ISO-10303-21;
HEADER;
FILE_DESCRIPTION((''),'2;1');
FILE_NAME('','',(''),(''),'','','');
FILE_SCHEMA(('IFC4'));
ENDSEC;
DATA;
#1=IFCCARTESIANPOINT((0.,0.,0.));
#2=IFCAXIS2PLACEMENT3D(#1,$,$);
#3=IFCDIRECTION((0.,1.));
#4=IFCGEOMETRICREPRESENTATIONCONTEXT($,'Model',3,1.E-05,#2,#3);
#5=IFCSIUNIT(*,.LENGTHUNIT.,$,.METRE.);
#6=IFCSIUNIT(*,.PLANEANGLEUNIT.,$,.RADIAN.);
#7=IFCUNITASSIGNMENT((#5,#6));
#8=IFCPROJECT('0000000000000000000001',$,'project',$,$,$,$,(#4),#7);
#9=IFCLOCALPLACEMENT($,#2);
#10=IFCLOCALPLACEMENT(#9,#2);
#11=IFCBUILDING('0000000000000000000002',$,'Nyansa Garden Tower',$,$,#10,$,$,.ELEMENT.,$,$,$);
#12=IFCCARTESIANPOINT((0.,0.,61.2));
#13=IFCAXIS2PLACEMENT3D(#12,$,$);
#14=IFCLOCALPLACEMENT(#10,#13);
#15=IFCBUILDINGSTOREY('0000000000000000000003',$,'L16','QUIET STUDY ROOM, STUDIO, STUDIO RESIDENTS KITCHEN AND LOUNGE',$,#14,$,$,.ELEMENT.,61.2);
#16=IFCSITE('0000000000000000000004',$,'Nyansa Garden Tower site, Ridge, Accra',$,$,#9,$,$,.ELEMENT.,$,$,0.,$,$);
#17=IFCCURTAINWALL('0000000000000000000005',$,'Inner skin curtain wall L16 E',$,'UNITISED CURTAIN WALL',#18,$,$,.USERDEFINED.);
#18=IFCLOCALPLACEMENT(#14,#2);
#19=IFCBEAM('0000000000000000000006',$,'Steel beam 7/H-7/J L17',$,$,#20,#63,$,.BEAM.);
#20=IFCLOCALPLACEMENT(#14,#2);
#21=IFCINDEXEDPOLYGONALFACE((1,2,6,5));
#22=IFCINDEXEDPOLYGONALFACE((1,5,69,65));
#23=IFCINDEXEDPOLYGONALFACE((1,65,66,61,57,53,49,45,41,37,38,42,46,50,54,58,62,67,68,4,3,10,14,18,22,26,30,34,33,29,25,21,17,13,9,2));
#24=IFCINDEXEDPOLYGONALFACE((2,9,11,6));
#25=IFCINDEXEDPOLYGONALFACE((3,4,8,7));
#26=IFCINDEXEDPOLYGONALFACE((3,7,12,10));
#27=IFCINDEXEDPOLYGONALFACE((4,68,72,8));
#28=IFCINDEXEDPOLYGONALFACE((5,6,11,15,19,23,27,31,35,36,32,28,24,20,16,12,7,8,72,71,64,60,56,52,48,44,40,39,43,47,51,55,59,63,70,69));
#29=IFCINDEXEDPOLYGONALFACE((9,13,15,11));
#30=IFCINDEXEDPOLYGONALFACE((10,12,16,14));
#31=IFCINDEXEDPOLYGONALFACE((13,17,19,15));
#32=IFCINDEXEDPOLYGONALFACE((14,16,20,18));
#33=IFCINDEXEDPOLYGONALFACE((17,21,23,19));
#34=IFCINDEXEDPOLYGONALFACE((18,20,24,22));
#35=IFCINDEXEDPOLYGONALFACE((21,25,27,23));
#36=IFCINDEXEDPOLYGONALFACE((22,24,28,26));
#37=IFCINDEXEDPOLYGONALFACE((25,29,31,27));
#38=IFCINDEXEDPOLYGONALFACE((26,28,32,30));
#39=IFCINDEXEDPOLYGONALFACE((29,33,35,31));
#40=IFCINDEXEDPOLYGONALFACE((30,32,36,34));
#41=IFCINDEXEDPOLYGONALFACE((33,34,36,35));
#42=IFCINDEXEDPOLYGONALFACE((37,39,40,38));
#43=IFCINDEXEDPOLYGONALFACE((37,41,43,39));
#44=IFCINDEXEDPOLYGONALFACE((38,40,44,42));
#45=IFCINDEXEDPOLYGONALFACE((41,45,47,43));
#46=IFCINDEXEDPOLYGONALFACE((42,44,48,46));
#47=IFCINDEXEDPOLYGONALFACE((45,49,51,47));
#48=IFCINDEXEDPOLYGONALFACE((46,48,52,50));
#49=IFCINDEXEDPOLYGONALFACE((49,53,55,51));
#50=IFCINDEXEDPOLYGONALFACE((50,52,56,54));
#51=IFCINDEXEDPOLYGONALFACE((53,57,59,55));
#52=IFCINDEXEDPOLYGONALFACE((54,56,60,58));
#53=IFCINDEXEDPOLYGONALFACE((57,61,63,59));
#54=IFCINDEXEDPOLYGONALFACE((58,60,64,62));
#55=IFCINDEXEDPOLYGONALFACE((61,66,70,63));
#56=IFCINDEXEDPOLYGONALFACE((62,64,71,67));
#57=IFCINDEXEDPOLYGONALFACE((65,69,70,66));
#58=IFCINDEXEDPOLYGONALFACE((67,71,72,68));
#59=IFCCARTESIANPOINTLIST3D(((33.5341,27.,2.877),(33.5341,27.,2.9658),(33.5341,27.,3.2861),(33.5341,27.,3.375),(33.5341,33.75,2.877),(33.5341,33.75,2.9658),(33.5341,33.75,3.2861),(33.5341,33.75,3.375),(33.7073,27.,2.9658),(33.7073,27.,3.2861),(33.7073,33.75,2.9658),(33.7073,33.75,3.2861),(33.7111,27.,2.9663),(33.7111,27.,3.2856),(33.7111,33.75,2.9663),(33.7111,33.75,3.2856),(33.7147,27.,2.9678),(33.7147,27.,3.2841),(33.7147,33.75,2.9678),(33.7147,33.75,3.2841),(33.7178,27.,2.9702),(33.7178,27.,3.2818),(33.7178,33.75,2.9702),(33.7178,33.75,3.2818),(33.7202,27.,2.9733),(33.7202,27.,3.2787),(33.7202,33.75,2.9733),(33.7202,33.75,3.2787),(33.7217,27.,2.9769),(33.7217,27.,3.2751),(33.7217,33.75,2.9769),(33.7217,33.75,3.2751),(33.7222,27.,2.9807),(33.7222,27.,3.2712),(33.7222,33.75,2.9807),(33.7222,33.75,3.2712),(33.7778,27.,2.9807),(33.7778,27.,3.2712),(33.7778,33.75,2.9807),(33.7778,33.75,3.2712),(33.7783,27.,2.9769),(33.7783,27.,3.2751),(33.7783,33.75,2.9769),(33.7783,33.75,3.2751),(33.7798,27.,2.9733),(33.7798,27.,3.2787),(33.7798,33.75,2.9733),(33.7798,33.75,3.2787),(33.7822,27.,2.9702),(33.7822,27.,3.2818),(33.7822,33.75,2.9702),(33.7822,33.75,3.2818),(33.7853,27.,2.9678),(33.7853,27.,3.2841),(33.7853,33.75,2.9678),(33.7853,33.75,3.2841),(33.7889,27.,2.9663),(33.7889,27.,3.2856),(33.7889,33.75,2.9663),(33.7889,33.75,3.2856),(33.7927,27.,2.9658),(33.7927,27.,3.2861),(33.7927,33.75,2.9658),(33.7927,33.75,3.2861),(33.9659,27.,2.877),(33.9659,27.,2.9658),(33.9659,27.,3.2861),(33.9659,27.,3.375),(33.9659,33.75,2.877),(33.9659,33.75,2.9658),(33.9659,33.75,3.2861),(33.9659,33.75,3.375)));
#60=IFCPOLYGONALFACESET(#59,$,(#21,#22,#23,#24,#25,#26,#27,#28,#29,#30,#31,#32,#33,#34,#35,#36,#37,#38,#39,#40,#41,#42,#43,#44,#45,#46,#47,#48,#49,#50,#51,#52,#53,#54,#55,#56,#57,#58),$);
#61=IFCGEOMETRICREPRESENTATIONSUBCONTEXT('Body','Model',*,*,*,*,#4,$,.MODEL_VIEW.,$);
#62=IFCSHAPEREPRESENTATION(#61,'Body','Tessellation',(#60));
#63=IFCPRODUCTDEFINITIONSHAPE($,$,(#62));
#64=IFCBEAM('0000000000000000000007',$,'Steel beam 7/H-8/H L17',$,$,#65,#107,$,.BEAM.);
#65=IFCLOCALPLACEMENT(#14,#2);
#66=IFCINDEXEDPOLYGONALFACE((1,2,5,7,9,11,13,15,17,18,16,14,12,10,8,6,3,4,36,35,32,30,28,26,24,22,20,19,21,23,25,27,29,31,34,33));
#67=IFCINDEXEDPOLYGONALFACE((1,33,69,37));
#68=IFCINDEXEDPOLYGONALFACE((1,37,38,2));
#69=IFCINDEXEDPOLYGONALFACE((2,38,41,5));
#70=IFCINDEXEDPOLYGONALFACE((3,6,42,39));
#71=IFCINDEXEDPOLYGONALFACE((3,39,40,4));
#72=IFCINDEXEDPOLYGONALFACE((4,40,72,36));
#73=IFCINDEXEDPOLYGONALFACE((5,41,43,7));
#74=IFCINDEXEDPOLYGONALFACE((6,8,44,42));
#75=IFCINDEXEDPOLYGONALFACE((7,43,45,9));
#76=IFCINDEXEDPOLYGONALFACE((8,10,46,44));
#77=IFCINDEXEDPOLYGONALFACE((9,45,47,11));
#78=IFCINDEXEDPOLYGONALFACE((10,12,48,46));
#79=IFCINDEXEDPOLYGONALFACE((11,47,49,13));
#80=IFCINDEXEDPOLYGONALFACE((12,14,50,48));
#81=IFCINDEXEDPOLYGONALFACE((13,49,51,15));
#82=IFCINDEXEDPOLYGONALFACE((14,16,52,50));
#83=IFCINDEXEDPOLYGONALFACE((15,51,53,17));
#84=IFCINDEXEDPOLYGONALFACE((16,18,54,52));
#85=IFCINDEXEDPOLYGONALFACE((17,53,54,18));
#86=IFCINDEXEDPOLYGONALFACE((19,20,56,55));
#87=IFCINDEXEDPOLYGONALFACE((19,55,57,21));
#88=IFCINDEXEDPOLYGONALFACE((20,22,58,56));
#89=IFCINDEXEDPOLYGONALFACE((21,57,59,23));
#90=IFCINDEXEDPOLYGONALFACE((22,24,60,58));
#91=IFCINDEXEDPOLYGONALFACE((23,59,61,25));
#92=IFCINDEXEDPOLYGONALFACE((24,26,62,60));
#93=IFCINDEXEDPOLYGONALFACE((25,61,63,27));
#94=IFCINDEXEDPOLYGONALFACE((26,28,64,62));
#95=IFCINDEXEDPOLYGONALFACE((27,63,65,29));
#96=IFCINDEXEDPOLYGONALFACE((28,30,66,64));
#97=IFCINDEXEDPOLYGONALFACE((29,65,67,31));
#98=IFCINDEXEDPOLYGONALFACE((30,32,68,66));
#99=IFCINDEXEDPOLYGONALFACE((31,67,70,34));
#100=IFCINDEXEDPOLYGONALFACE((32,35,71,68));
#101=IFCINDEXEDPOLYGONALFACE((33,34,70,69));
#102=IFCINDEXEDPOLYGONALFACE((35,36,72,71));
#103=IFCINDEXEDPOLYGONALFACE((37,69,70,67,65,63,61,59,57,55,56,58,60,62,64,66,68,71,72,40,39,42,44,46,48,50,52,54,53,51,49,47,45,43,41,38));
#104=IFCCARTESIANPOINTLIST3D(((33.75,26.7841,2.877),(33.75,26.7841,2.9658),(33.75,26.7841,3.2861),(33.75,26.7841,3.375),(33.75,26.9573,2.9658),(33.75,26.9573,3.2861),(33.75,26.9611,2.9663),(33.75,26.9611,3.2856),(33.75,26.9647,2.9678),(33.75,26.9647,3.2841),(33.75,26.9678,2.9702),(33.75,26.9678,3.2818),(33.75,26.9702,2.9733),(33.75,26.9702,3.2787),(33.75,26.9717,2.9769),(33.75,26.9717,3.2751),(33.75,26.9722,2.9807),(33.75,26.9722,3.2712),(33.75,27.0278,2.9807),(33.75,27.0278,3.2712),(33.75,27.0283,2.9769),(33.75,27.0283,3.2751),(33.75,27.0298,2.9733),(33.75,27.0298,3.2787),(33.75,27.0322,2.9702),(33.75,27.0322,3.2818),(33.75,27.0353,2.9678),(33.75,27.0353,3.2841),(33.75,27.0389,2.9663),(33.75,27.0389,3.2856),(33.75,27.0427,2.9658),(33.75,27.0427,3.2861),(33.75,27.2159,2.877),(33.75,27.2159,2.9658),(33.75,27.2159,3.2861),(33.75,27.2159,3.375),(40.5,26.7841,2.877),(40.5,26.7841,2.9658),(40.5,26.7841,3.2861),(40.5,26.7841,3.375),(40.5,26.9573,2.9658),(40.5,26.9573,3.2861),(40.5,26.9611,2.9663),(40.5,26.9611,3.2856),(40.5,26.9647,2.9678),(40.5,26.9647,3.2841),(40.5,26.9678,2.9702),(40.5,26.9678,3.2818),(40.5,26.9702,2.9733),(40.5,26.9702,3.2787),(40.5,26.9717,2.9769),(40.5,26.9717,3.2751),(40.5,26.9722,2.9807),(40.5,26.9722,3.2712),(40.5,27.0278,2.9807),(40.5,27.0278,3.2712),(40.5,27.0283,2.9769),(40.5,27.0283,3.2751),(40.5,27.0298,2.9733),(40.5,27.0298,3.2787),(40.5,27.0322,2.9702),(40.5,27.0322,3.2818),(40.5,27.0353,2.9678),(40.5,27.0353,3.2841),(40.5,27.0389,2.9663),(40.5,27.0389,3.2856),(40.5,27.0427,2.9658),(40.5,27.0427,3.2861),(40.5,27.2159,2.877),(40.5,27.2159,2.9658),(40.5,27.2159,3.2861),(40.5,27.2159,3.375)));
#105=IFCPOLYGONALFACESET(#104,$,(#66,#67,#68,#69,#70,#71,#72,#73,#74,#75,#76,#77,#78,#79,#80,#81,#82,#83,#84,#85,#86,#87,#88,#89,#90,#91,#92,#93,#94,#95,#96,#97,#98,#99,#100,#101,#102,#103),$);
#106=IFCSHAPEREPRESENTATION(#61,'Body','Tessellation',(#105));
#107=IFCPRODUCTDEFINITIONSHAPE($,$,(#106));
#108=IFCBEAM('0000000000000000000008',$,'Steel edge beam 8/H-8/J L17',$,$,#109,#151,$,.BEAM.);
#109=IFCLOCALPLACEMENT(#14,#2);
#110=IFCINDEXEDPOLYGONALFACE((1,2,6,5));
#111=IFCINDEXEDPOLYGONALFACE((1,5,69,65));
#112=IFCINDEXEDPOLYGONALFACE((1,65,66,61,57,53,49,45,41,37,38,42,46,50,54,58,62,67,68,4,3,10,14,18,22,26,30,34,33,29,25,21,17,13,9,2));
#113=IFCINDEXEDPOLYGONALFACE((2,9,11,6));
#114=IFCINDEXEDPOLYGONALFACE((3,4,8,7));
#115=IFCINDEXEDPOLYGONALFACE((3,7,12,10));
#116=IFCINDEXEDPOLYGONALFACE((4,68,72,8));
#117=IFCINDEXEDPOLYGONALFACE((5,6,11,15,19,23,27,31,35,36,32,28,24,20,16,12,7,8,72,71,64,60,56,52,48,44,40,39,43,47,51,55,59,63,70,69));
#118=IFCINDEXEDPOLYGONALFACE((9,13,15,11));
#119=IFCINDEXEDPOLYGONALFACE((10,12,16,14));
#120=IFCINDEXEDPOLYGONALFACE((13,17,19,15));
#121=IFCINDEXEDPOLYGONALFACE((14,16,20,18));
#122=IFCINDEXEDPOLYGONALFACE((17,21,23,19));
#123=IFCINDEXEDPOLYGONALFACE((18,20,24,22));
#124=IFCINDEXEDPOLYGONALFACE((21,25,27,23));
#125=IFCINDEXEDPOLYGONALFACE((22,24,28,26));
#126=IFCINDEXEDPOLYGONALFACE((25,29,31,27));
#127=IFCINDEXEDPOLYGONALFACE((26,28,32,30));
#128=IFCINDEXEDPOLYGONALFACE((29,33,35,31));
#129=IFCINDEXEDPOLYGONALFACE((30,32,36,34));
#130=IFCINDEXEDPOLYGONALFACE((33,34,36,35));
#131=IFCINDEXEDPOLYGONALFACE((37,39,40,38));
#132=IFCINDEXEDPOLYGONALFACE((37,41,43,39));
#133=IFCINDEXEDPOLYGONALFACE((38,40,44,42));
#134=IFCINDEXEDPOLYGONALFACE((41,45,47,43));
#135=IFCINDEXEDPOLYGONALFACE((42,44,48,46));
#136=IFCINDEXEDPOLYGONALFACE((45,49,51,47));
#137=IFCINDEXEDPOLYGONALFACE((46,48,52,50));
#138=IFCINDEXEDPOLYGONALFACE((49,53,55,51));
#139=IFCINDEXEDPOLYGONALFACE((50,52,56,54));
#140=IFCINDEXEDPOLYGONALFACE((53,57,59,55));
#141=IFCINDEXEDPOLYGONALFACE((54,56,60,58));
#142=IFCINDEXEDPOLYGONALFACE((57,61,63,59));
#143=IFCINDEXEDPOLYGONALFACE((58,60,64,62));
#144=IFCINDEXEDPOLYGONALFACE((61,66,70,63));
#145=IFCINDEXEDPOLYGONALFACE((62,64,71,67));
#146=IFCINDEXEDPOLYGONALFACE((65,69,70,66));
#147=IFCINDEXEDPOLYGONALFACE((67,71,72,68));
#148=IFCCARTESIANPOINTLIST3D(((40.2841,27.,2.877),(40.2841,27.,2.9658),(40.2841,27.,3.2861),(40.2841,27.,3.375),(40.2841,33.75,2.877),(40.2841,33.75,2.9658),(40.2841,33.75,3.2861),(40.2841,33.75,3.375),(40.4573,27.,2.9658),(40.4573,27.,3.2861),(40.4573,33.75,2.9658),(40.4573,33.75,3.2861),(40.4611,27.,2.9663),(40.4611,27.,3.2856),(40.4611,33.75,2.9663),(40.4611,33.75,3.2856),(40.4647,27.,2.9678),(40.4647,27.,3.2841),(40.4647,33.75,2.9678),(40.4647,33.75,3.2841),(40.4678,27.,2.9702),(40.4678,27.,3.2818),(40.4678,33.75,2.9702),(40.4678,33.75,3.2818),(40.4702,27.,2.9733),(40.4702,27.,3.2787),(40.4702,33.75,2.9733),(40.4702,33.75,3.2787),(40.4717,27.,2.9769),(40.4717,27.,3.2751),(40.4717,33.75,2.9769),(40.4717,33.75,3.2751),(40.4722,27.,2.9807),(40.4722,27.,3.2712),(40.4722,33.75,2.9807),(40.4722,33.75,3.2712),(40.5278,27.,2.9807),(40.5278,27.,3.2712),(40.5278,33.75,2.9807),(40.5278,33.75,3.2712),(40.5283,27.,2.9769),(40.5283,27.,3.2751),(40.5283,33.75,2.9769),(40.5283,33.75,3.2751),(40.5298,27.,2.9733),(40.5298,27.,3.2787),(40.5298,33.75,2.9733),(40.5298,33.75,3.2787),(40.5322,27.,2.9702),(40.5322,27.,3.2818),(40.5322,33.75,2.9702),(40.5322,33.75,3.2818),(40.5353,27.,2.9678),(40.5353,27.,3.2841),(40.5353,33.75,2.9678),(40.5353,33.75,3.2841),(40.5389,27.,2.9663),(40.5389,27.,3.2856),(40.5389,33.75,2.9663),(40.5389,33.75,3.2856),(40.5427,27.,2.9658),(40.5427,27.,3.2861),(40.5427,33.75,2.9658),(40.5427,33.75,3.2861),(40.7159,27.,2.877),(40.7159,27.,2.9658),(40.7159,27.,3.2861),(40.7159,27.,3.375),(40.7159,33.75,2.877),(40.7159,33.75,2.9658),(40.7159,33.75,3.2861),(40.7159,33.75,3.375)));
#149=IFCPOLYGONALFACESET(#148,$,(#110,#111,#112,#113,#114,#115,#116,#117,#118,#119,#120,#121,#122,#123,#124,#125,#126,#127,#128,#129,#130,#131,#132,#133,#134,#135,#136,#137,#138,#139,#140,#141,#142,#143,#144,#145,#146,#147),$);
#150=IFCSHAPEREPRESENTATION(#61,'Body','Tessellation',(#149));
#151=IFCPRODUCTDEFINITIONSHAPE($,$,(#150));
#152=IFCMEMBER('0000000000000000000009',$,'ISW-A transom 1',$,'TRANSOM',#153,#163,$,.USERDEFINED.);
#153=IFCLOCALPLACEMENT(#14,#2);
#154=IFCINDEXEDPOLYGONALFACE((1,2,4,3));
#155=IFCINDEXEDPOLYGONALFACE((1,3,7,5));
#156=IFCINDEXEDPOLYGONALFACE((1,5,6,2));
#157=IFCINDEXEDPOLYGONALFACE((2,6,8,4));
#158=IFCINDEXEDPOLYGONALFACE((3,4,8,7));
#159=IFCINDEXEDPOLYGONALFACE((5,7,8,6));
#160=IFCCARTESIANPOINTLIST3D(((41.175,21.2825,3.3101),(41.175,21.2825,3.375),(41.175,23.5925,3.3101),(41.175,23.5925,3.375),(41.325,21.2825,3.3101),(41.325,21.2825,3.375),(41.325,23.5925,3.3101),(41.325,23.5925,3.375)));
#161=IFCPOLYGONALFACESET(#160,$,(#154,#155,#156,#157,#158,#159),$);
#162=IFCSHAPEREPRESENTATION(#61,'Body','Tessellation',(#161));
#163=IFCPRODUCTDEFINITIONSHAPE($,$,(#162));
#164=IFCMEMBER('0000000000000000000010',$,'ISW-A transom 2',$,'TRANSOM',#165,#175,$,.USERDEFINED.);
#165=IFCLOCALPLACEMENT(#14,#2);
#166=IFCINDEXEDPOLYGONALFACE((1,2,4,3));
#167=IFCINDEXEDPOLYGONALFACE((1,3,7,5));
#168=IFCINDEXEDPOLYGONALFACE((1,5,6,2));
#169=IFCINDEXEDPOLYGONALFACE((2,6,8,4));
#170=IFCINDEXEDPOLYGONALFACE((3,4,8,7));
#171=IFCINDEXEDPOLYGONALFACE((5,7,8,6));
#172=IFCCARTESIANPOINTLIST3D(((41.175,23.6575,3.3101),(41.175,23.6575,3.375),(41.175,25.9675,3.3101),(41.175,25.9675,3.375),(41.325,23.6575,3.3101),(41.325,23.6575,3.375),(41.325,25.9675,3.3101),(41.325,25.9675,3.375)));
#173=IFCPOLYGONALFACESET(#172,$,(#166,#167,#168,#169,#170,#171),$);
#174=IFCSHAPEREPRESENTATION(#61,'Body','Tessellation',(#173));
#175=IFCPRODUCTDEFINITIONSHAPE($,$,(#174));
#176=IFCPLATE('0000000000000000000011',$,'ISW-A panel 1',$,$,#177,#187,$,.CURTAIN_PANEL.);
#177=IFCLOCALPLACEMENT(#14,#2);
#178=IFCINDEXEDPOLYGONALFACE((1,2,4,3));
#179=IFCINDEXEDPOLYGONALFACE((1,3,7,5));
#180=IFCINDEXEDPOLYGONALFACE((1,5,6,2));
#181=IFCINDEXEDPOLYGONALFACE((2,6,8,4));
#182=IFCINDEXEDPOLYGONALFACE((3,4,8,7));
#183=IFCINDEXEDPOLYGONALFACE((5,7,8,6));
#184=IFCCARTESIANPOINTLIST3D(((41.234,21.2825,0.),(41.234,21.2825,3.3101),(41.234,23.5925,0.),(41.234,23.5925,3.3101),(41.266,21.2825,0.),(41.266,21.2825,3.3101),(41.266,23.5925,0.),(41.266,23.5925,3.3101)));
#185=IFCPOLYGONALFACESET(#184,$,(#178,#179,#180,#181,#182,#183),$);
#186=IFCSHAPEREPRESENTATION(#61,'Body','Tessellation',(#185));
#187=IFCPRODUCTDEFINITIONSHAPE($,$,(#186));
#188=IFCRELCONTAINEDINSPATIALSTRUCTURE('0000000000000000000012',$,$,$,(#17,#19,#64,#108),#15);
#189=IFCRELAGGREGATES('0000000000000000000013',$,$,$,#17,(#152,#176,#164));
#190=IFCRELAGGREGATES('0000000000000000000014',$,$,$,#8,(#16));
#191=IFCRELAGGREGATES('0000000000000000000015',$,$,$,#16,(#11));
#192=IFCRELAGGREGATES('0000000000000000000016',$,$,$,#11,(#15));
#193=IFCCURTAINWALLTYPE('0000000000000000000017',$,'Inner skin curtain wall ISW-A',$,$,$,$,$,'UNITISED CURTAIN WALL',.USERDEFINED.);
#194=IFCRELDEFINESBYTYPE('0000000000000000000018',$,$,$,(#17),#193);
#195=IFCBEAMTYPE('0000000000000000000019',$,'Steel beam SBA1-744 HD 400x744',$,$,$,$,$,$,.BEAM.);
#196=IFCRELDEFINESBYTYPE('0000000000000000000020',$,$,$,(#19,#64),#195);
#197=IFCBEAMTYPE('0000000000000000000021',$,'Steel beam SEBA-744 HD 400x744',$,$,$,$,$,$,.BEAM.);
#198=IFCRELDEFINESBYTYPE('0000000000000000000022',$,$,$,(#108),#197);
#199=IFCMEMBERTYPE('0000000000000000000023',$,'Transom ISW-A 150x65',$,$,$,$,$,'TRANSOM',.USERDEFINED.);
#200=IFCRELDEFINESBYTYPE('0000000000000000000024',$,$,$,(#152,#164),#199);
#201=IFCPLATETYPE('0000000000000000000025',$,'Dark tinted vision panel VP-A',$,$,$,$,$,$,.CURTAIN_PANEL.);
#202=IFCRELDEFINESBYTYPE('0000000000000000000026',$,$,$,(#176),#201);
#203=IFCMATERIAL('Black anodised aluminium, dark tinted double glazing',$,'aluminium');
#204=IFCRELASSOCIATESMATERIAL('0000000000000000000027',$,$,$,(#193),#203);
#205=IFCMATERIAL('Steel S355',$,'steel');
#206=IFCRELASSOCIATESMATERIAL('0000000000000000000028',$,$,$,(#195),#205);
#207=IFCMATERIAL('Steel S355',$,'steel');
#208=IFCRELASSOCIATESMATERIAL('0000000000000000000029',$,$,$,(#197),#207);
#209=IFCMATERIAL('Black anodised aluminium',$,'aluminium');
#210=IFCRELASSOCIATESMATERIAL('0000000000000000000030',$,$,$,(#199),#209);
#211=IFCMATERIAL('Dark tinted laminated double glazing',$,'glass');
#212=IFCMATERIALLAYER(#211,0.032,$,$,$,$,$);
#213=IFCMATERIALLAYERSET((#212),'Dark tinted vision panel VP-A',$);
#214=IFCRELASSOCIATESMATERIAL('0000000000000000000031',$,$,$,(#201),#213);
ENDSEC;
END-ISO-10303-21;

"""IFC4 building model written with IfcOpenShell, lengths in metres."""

from ifc_helpers import new_model, si_unit, direction, frame, origin, origin_2d, place, context, subcontext, project, spatial, rectangle, i_section, extrude, material, layer, layer_set, material_profile, profile_set, type_object, element, aggregate, save


model = new_model("IFC4")

# Units and contexts
model_context = context("Model", 3, precision=1e-05, world=origin(), true_north=direction((0.0, 1.0)))
body_context = subcontext(model_context, "Body", "Model", "MODEL_VIEW")
ifc_project = project(units=[si_unit("LENGTHUNIT", "METRE"), si_unit("PLANEANGLEUNIT", "RADIAN")], contexts=[model_context])

# Site, building, storey
site_placement = place(None, origin())
site = spatial("IfcSite", under=ifc_project, at=site_placement, Name="Nyansa Garden Tower site, Ridge, Accra", CompositionType="ELEMENT", RefElevation=0.0)
building_placement = place(site_placement, origin())
building = spatial("IfcBuilding", under=site, at=building_placement, Name="Nyansa Garden Tower", CompositionType="ELEMENT")
storey_placement = place(building_placement, frame((0.0, 0.0, 61.2)))
storey = spatial("IfcBuildingStorey", under=building, at=storey_placement, Name="L16", Description="QUIET STUDY ROOM, STUDIO, STUDIO RESIDENTS KITCHEN AND LOUNGE", CompositionType="ELEMENT", Elevation=61.2)

# Curtain wall
ifc_material_1 = material(Name="Black anodised aluminium, dark tinted double glazing", Category="aluminium")
curtain_wall_type = type_object("IfcCurtainWallType", Name="Inner skin curtain wall ISW-A", ElementType="UNITISED CURTAIN WALL", PredefinedType="USERDEFINED", material=ifc_material_1)
curtain_wall_placement = place(storey_placement, origin())
curtain_wall = element("IfcCurtainWall", 1, at=curtain_wall_placement, inside=storey, type_object=curtain_wall_type, Name="Inner skin curtain wall L16 E", ObjectType="UNITISED CURTAIN WALL", PredefinedType="USERDEFINED")

# Beams
ifc_material_2 = material(Name="Steel S355", Category="steel")
ifc_material_profile_1 = material_profile(ifc_material_2, i_section(OverallWidth=0.4319, OverallDepth=0.498, WebThickness=0.0557, FlangeThickness=0.0889, FilletRadius=0.0149, at=origin_2d()), Name="HD 400x744")
ifc_profile_set_1 = profile_set([ifc_material_profile_1], Name="Steel S355")
beam_type_1 = type_object("IfcBeamType", Name="Steel beam SBA1-744 HD 400x744", PredefinedType="BEAM", material=ifc_profile_set_1)
for number, where, z_axis, x_axis, name in (
    (2, (33.75, 27.0, 3.126), (0.0, 1.0, 0.0), (-1.0, 0.0, 0.0), "Steel beam 7/H-7/J L17"),
    (3, (33.75, 27.0, 3.126), (1.0, 0.0, 0.0), (0.0, 1.0, 0.0), "Steel beam 7/H-8/H L17"),
):
    element("IfcBeam", number, at=place(storey_placement, frame(where, z_axis=z_axis, x_axis=x_axis)), inside=storey, type_object=beam_type_1, Name=name, PredefinedType="BEAM", context=body_context, shape_type="SweptSolid", body=[
        extrude(i_section(OverallWidth=0.4319, OverallDepth=0.498, WebThickness=0.0557, FlangeThickness=0.0889, FilletRadius=0.0149, at=origin_2d()), origin(), (0.0, 0.0, 1.0), 6.75),
    ])
ifc_material_3 = material(Name="Steel S355", Category="steel")
ifc_material_profile_2 = material_profile(ifc_material_3, i_section(OverallWidth=0.4319, OverallDepth=0.498, WebThickness=0.0557, FlangeThickness=0.0889, FilletRadius=0.0149, at=origin_2d()), Name="HD 400x744")
ifc_profile_set_2 = profile_set([ifc_material_profile_2], Name="Steel S355")
beam_type_2 = type_object("IfcBeamType", Name="Steel beam SEBA-744 HD 400x744", PredefinedType="BEAM", material=ifc_profile_set_2)
beam_1_placement = place(storey_placement, frame((40.5, 27.0, 3.126), z_axis=(0.0, 1.0, 0.0), x_axis=(-1.0, 0.0, 0.0)))
element("IfcBeam", 4, at=beam_1_placement, inside=storey, type_object=beam_type_2, Name="Steel edge beam 8/H-8/J L17", PredefinedType="BEAM", context=body_context, shape_type="SweptSolid", body=[
    extrude(i_section(OverallWidth=0.4319, OverallDepth=0.498, WebThickness=0.0557, FlangeThickness=0.0889, FilletRadius=0.0149, at=origin_2d()), origin(), (0.0, 0.0, 1.0), 6.75),
])

# Members
ifc_material_4 = material(Name="Black anodised aluminium", Category="aluminium")
ifc_material_profile_3 = material_profile(ifc_material_4, rectangle(XDim=0.1499, YDim=0.0649, at=origin_2d()), Name="Transom 150x65")
ifc_profile_set_3 = profile_set([ifc_material_profile_3], Name="Black anodised aluminium")
member_type_1 = type_object("IfcMemberType", Name="Transom ISW-A 150x65", ElementType="TRANSOM", PredefinedType="USERDEFINED", material=ifc_profile_set_3)
member_1_placement = place(storey_placement, frame((41.25, 21.2825, 3.3425), z_axis=(0.0, 1.0, 0.0), x_axis=(-1.0, 0.0, 0.0)))
member_1 = element("IfcMember", 5, at=member_1_placement, type_object=member_type_1, Name="ISW-A transom 1", ObjectType="TRANSOM", PredefinedType="USERDEFINED", context=body_context, shape_type="SweptSolid", body=[
    extrude(rectangle(XDim=0.1499, YDim=0.0649, at=origin_2d()), origin(), (0.0, 0.0, 1.0), 2.3101),
])
member_2_placement = place(storey_placement, frame((41.25, 23.6575, 3.3425), z_axis=(0.0, 1.0, 0.0), x_axis=(-1.0, 0.0, 0.0)))
member_2 = element("IfcMember", 6, at=member_2_placement, type_object=member_type_1, Name="ISW-A transom 2", ObjectType="TRANSOM", PredefinedType="USERDEFINED", context=body_context, shape_type="SweptSolid", body=[
    extrude(rectangle(XDim=0.1499, YDim=0.0649, at=origin_2d()), origin(), (0.0, 0.0, 1.0), 2.3101),
])

# Plate
ifc_material_5 = material(Name="Dark tinted laminated double glazing", Category="glass")
ifc_layer_1 = layer(ifc_material_5, 0.032)
ifc_layer_set_1 = layer_set([ifc_layer_1], Name="Dark tinted vision panel VP-A")
plate_type_1 = type_object("IfcPlateType", Name="Dark tinted vision panel VP-A", PredefinedType="CURTAIN_PANEL", material=ifc_layer_set_1)
plate_1_placement = place(storey_placement, frame((41.25, 22.4375, 0.0), z_axis=(0.0, 0.0, 1.0), x_axis=(0.0, 1.0, 0.0)))
plate_1 = element("IfcPlate", 7, at=plate_1_placement, type_object=plate_type_1, Name="ISW-A panel 1", PredefinedType="CURTAIN_PANEL", context=body_context, shape_type="SweptSolid", body=[
    extrude(rectangle(XDim=2.3101, YDim=0.032, at=origin_2d()), origin(), (0.0, 0.0, 1.0), 3.3101),
])
aggregate(curtain_wall, [member_1, plate_1, member_2])

save(model, "model.ifc")
